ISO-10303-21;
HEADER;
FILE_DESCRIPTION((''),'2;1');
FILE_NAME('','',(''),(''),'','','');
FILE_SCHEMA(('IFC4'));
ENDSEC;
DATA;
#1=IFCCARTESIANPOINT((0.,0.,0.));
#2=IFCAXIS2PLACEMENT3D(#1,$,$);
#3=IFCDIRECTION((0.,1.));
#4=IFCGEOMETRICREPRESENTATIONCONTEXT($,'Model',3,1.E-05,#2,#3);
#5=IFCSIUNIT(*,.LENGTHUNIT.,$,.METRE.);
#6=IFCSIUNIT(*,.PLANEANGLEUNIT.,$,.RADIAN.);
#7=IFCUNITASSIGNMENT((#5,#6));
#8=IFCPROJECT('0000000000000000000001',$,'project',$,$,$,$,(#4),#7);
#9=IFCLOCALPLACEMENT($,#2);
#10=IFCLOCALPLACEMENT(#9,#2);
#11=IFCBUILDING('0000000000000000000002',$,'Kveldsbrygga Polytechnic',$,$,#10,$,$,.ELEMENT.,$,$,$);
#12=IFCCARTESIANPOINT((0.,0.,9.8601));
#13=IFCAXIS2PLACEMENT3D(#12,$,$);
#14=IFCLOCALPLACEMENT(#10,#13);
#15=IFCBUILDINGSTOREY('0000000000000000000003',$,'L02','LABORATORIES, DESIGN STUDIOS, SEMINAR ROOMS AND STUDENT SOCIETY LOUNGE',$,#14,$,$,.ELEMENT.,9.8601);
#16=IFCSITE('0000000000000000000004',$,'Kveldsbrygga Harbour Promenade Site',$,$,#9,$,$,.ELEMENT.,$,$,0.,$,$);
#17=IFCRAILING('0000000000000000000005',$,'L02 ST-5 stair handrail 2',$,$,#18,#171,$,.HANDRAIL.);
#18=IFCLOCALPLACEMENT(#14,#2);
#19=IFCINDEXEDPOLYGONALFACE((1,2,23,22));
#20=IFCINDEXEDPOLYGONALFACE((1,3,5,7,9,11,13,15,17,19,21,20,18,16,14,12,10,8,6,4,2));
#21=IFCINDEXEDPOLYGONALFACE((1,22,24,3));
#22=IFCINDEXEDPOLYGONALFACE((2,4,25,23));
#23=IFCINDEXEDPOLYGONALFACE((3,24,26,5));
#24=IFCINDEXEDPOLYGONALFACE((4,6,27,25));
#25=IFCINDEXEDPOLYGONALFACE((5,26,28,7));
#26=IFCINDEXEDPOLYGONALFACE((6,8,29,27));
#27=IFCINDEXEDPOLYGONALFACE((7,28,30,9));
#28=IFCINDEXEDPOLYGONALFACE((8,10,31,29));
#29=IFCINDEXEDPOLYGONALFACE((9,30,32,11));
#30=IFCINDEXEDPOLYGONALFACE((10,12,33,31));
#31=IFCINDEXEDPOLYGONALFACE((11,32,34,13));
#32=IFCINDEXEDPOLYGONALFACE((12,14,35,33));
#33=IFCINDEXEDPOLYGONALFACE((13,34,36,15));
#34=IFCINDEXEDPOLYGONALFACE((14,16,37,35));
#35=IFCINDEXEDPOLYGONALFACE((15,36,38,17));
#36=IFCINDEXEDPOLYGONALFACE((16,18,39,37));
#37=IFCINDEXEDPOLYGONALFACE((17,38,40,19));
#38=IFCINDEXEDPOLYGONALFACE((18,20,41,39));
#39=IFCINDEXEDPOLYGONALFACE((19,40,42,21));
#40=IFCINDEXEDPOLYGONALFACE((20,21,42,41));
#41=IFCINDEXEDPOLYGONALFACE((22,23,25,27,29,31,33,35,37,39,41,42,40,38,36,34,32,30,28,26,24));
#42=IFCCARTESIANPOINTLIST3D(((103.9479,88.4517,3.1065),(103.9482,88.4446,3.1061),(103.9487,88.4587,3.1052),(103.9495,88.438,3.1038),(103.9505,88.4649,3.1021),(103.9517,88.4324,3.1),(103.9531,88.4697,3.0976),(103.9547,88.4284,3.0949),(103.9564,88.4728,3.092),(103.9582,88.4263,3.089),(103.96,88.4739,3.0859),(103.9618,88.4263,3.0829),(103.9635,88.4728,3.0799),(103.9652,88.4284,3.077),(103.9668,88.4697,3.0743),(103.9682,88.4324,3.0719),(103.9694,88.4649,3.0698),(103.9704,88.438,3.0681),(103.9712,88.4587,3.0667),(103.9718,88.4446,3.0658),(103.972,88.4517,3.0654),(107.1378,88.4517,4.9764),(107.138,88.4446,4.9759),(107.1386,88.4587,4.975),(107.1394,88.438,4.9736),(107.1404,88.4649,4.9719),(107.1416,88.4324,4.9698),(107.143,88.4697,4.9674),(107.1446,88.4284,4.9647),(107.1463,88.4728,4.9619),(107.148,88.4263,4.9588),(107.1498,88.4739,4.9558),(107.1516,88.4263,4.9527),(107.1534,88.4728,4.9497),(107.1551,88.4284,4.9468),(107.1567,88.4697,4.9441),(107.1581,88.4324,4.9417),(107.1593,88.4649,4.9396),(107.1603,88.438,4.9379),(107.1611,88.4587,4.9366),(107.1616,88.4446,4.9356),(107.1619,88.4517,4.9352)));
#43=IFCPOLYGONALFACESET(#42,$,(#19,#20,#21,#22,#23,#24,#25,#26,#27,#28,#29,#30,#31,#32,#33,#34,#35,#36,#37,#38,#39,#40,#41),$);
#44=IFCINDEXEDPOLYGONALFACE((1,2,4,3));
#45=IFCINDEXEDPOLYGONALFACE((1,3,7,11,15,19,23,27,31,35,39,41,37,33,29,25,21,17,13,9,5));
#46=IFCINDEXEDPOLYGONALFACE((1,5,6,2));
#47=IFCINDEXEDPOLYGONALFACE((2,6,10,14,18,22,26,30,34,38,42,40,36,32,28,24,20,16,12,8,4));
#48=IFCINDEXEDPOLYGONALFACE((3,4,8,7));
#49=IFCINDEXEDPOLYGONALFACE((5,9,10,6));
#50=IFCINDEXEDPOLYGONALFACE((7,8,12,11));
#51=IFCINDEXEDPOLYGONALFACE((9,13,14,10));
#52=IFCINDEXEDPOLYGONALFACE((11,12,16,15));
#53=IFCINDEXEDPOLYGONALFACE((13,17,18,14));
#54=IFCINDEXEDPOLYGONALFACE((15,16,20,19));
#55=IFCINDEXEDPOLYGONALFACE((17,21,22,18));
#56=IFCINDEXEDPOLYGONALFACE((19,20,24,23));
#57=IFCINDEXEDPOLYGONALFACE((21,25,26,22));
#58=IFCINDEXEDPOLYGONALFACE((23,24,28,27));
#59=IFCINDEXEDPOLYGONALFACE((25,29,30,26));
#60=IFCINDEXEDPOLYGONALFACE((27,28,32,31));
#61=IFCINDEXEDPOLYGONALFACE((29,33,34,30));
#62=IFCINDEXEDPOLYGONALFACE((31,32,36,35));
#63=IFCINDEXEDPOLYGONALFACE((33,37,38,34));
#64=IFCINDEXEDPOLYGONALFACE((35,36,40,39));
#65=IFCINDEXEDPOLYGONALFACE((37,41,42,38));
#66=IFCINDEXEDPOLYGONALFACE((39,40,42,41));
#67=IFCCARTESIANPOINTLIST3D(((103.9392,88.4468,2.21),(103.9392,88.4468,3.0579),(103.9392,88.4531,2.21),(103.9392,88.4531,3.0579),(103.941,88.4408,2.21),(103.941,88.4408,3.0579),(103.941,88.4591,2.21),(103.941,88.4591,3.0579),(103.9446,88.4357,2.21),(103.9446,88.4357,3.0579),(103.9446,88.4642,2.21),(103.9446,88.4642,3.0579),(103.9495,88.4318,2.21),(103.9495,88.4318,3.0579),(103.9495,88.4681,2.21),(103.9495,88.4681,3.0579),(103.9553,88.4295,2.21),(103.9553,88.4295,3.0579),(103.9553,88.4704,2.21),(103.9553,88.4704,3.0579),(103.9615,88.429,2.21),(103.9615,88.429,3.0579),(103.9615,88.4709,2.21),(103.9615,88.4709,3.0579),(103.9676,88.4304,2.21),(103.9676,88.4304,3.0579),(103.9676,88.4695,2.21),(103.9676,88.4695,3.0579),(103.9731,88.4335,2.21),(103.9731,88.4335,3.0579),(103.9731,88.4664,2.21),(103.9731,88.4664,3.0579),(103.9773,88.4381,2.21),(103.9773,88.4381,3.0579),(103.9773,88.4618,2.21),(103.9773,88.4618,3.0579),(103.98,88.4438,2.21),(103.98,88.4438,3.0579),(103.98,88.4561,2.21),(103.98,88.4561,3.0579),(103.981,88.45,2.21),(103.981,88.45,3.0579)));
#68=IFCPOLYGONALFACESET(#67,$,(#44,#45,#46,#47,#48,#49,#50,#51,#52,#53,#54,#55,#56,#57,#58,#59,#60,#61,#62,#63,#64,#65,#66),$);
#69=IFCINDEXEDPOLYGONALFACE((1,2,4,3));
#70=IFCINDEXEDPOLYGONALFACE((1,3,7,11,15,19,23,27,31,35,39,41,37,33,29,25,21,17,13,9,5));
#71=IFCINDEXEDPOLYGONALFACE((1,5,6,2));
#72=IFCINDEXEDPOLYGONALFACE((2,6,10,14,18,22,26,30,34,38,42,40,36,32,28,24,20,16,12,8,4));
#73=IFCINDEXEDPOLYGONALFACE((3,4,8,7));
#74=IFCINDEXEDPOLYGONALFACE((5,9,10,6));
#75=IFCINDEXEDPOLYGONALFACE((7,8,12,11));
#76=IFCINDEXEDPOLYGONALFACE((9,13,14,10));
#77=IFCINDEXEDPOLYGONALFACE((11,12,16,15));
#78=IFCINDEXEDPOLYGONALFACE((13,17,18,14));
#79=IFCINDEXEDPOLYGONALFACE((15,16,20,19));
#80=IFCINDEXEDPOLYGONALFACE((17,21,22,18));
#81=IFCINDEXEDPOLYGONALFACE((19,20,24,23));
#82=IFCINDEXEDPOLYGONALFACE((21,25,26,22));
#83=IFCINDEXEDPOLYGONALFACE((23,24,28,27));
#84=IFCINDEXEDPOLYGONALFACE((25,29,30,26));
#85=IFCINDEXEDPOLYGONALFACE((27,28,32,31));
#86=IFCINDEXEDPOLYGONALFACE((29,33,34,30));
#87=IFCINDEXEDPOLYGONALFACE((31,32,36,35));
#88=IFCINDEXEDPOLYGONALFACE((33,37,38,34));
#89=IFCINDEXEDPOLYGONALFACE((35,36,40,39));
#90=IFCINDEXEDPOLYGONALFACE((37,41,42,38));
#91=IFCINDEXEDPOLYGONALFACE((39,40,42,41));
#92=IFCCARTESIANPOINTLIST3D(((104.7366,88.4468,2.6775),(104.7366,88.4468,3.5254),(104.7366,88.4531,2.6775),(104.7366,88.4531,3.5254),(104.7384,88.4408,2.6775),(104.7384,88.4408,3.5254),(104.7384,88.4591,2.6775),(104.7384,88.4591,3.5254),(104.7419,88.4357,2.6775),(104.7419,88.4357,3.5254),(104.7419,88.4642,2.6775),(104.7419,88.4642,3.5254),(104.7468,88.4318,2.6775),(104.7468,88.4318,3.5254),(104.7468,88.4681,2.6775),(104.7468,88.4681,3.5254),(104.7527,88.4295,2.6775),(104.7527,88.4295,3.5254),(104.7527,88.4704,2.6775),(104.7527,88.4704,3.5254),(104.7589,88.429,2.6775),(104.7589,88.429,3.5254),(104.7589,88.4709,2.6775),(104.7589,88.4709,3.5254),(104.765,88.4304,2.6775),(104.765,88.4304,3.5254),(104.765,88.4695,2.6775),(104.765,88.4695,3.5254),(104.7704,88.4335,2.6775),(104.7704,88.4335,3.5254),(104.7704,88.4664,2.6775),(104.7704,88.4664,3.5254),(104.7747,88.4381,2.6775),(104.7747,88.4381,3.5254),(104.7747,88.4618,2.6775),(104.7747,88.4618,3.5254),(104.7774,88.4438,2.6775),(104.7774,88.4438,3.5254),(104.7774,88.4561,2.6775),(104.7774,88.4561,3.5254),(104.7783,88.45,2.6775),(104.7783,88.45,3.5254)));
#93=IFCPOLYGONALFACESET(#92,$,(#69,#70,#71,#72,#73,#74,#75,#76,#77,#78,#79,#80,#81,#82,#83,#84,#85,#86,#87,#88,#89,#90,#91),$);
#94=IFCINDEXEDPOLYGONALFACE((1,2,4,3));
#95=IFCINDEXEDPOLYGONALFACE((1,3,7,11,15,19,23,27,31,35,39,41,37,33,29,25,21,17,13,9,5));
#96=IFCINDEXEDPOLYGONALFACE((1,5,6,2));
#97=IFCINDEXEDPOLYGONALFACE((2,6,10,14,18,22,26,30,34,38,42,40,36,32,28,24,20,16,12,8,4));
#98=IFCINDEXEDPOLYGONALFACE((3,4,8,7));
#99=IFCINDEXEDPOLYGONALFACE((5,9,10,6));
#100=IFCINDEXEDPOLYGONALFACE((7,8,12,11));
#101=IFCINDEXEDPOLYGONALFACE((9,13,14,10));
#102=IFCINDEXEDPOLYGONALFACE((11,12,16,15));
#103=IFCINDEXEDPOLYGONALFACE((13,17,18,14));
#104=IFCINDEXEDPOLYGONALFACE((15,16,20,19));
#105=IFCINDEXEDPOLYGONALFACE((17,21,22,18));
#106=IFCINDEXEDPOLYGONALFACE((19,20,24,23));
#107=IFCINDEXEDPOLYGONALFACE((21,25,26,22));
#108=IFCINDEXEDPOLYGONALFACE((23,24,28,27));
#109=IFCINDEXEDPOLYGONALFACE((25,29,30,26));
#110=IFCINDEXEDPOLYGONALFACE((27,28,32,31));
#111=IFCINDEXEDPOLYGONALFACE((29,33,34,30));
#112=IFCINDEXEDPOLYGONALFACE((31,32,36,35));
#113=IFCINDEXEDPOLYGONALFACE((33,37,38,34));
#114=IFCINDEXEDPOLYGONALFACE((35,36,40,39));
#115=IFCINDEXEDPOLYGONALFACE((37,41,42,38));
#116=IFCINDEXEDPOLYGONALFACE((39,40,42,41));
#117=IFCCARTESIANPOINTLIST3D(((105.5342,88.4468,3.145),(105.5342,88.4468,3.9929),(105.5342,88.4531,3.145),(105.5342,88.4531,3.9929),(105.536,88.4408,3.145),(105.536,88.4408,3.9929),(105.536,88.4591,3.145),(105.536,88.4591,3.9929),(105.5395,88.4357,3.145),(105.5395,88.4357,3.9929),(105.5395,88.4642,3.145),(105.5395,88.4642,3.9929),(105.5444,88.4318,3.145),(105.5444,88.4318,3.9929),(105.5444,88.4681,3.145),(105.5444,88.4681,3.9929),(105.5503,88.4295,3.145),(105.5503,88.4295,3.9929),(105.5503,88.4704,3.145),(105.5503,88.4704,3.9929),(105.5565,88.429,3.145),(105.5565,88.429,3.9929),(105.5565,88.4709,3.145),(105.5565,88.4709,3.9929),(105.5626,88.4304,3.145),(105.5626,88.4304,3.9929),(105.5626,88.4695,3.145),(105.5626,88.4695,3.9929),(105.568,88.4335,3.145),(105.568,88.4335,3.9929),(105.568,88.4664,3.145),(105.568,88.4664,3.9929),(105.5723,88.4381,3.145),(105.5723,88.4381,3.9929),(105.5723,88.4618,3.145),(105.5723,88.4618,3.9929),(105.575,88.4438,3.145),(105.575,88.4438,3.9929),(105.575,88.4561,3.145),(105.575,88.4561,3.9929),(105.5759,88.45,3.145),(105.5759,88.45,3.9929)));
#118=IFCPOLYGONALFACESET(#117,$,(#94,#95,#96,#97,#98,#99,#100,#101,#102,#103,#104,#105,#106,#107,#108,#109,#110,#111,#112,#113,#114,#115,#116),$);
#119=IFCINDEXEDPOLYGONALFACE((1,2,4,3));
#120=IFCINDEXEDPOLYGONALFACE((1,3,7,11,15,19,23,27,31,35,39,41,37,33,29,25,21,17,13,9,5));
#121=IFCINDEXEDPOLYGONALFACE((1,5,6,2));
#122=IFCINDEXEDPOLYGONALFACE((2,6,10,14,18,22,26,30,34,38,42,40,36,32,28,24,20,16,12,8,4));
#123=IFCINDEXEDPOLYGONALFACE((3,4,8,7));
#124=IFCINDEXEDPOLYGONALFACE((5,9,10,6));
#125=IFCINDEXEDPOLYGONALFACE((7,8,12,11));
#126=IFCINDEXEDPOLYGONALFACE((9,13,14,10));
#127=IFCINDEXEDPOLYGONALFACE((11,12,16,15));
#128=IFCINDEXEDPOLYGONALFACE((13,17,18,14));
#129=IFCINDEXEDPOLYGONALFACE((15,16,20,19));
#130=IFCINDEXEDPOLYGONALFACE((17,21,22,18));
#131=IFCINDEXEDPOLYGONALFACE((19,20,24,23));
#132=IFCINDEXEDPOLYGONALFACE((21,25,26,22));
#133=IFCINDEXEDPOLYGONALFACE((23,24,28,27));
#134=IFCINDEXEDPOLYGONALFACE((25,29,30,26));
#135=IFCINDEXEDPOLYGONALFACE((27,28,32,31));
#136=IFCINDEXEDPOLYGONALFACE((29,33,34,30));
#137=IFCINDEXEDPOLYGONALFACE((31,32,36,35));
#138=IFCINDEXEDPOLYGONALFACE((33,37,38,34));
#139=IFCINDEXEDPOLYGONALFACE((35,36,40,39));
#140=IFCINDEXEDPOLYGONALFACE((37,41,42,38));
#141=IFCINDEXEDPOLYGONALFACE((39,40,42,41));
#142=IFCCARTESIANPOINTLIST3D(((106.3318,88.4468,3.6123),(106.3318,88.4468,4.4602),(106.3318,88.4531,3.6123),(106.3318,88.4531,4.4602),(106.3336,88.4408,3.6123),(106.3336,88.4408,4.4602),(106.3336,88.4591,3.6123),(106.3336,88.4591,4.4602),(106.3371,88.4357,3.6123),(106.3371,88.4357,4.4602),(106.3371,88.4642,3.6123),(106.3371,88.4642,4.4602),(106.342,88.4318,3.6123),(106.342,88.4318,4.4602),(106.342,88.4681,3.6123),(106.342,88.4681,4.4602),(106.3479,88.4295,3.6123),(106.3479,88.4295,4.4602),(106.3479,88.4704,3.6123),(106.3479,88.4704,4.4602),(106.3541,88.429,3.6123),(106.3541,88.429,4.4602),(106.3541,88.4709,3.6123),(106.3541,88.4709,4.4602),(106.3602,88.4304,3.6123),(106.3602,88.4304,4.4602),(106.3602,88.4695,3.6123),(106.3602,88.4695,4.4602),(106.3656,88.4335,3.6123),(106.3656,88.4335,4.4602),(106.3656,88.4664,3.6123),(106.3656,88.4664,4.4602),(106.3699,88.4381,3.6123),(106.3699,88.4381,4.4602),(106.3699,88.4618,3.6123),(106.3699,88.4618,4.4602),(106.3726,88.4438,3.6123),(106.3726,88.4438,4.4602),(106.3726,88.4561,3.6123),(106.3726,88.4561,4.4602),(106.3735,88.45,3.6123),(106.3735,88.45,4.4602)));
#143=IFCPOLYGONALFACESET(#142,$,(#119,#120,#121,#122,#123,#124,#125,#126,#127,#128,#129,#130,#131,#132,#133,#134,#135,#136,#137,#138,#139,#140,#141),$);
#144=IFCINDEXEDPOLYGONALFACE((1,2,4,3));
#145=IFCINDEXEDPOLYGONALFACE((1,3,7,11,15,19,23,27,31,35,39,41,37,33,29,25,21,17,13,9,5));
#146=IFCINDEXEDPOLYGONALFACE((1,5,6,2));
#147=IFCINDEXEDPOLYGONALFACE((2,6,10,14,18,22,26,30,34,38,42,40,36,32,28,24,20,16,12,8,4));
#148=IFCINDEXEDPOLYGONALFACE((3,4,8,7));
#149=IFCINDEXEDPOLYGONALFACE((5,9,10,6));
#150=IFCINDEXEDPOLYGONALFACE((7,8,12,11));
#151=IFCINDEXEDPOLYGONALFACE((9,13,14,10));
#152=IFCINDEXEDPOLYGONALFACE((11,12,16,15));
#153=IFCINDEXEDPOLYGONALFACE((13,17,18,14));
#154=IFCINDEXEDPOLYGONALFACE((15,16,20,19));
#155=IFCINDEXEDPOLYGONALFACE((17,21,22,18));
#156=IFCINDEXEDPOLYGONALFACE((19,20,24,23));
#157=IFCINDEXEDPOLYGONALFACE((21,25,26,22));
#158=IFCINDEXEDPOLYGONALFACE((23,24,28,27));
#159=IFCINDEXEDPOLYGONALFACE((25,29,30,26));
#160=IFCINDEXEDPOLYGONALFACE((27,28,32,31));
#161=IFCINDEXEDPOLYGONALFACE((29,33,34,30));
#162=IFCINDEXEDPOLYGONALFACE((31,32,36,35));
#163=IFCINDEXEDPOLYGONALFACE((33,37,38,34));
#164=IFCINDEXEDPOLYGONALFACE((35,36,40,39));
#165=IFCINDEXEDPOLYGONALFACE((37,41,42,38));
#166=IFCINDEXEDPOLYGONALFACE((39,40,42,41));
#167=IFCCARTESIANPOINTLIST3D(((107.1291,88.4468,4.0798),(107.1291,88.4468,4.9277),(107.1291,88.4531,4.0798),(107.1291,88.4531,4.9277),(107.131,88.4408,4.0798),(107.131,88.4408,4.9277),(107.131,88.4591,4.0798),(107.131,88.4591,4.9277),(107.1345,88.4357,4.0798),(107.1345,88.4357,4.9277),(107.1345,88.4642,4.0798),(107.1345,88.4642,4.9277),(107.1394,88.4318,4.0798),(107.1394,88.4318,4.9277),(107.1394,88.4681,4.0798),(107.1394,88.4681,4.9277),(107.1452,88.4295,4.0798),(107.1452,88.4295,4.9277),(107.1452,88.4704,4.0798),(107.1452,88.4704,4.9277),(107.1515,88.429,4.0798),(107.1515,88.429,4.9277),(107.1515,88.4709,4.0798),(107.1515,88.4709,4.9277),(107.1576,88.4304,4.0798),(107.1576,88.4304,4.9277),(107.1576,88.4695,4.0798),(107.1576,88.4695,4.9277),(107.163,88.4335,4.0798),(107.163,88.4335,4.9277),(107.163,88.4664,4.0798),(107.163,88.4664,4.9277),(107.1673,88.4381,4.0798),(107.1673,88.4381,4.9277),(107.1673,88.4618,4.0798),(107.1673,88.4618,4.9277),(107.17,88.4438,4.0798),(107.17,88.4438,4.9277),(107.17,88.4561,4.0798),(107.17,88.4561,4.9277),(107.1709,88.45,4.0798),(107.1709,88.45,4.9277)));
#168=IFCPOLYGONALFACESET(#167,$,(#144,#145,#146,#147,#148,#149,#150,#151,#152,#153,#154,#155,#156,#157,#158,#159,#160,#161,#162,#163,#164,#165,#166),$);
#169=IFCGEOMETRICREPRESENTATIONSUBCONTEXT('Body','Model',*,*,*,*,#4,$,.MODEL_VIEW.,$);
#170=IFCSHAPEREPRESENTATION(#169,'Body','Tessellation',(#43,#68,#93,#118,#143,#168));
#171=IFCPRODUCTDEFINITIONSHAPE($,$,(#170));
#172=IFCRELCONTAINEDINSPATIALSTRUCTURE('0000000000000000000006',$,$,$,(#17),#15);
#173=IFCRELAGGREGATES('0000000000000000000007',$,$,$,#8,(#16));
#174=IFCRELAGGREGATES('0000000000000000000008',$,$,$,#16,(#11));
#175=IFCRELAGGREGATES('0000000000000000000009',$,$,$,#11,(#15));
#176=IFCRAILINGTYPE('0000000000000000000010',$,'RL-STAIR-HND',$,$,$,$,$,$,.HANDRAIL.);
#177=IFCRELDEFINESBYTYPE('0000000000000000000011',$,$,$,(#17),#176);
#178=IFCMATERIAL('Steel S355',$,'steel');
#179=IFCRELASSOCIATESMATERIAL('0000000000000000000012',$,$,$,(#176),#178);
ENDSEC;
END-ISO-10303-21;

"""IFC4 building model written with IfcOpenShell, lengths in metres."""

from ifc_helpers import new_model, si_unit, direction, frame, origin, origin_2d, place, context, subcontext, project, spatial, circle, extrude, material, type_object, element, save


model = new_model("IFC4")

# Units and contexts
model_context = context("Model", 3, precision=1e-05, world=origin(), true_north=direction((0.0, 1.0)))
body_context = subcontext(model_context, "Body", "Model", "MODEL_VIEW")
ifc_project = project(units=[si_unit("LENGTHUNIT", "METRE"), si_unit("PLANEANGLEUNIT", "RADIAN")], contexts=[model_context])

# Site, building, storey
site_placement = place(None, origin())
site = spatial("IfcSite", under=ifc_project, at=site_placement, Name="Kveldsbrygga Harbour Promenade Site", CompositionType="ELEMENT", RefElevation=0.0)
building_placement = place(site_placement, origin())
building = spatial("IfcBuilding", under=site, at=building_placement, Name="Kveldsbrygga Polytechnic", CompositionType="ELEMENT")
storey_placement = place(building_placement, frame((0.0, 0.0, 9.8601)))
storey = spatial("IfcBuildingStorey", under=building, at=storey_placement, Name="L02", Description="LABORATORIES, DESIGN STUDIOS, SEMINAR ROOMS AND STUDENT SOCIETY LOUNGE", CompositionType="ELEMENT", Elevation=9.8601)

# Shared definitions
ifc_material_1 = material(Name="Steel S355", Category="steel")

# Railing
railing_type_1 = type_object("IfcRailingType", Name="RL-STAIR-HND", PredefinedType="HANDRAIL", material=ifc_material_1)
railing_1_placement = place(storey_placement, frame((103.96, 88.45, 2.21)))
element("IfcRailing", 1, at=railing_1_placement, inside=storey, type_object=railing_type_1, Name="L02 ST-5 stair handrail 2", PredefinedType="HANDRAIL", context=body_context, shape_type="SweptSolid", body=[
    extrude(circle(Radius=0.0239, at=origin_2d()), frame((0.0, 0.0, 0.876), z_axis=(0.862709, 0.0, 0.505701), x_axis=(0.0, 1.0, 0.0)), (0.0, 0.0, 1.0), 3.6975),
    extrude(circle(Radius=0.021, at=origin_2d()), origin(), (0.0, 0.0, 1.0), 0.8479),
    extrude(circle(Radius=0.021, at=origin_2d()), frame((0.7974, 0.0, 0.4675)), (0.0, 0.0, 1.0), 0.8479),
    extrude(circle(Radius=0.021, at=origin_2d()), frame((1.595, 0.0, 0.9351)), (0.0, 0.0, 1.0), 0.8479),
    extrude(circle(Radius=0.021, at=origin_2d()), frame((2.3926, 0.0, 1.4023)), (0.0, 0.0, 1.0), 0.8479),
    extrude(circle(Radius=0.021, at=origin_2d()), frame((3.1899, 0.0, 1.8699)), (0.0, 0.0, 1.0), 0.8479),
])

save(model, "model.ifc")
